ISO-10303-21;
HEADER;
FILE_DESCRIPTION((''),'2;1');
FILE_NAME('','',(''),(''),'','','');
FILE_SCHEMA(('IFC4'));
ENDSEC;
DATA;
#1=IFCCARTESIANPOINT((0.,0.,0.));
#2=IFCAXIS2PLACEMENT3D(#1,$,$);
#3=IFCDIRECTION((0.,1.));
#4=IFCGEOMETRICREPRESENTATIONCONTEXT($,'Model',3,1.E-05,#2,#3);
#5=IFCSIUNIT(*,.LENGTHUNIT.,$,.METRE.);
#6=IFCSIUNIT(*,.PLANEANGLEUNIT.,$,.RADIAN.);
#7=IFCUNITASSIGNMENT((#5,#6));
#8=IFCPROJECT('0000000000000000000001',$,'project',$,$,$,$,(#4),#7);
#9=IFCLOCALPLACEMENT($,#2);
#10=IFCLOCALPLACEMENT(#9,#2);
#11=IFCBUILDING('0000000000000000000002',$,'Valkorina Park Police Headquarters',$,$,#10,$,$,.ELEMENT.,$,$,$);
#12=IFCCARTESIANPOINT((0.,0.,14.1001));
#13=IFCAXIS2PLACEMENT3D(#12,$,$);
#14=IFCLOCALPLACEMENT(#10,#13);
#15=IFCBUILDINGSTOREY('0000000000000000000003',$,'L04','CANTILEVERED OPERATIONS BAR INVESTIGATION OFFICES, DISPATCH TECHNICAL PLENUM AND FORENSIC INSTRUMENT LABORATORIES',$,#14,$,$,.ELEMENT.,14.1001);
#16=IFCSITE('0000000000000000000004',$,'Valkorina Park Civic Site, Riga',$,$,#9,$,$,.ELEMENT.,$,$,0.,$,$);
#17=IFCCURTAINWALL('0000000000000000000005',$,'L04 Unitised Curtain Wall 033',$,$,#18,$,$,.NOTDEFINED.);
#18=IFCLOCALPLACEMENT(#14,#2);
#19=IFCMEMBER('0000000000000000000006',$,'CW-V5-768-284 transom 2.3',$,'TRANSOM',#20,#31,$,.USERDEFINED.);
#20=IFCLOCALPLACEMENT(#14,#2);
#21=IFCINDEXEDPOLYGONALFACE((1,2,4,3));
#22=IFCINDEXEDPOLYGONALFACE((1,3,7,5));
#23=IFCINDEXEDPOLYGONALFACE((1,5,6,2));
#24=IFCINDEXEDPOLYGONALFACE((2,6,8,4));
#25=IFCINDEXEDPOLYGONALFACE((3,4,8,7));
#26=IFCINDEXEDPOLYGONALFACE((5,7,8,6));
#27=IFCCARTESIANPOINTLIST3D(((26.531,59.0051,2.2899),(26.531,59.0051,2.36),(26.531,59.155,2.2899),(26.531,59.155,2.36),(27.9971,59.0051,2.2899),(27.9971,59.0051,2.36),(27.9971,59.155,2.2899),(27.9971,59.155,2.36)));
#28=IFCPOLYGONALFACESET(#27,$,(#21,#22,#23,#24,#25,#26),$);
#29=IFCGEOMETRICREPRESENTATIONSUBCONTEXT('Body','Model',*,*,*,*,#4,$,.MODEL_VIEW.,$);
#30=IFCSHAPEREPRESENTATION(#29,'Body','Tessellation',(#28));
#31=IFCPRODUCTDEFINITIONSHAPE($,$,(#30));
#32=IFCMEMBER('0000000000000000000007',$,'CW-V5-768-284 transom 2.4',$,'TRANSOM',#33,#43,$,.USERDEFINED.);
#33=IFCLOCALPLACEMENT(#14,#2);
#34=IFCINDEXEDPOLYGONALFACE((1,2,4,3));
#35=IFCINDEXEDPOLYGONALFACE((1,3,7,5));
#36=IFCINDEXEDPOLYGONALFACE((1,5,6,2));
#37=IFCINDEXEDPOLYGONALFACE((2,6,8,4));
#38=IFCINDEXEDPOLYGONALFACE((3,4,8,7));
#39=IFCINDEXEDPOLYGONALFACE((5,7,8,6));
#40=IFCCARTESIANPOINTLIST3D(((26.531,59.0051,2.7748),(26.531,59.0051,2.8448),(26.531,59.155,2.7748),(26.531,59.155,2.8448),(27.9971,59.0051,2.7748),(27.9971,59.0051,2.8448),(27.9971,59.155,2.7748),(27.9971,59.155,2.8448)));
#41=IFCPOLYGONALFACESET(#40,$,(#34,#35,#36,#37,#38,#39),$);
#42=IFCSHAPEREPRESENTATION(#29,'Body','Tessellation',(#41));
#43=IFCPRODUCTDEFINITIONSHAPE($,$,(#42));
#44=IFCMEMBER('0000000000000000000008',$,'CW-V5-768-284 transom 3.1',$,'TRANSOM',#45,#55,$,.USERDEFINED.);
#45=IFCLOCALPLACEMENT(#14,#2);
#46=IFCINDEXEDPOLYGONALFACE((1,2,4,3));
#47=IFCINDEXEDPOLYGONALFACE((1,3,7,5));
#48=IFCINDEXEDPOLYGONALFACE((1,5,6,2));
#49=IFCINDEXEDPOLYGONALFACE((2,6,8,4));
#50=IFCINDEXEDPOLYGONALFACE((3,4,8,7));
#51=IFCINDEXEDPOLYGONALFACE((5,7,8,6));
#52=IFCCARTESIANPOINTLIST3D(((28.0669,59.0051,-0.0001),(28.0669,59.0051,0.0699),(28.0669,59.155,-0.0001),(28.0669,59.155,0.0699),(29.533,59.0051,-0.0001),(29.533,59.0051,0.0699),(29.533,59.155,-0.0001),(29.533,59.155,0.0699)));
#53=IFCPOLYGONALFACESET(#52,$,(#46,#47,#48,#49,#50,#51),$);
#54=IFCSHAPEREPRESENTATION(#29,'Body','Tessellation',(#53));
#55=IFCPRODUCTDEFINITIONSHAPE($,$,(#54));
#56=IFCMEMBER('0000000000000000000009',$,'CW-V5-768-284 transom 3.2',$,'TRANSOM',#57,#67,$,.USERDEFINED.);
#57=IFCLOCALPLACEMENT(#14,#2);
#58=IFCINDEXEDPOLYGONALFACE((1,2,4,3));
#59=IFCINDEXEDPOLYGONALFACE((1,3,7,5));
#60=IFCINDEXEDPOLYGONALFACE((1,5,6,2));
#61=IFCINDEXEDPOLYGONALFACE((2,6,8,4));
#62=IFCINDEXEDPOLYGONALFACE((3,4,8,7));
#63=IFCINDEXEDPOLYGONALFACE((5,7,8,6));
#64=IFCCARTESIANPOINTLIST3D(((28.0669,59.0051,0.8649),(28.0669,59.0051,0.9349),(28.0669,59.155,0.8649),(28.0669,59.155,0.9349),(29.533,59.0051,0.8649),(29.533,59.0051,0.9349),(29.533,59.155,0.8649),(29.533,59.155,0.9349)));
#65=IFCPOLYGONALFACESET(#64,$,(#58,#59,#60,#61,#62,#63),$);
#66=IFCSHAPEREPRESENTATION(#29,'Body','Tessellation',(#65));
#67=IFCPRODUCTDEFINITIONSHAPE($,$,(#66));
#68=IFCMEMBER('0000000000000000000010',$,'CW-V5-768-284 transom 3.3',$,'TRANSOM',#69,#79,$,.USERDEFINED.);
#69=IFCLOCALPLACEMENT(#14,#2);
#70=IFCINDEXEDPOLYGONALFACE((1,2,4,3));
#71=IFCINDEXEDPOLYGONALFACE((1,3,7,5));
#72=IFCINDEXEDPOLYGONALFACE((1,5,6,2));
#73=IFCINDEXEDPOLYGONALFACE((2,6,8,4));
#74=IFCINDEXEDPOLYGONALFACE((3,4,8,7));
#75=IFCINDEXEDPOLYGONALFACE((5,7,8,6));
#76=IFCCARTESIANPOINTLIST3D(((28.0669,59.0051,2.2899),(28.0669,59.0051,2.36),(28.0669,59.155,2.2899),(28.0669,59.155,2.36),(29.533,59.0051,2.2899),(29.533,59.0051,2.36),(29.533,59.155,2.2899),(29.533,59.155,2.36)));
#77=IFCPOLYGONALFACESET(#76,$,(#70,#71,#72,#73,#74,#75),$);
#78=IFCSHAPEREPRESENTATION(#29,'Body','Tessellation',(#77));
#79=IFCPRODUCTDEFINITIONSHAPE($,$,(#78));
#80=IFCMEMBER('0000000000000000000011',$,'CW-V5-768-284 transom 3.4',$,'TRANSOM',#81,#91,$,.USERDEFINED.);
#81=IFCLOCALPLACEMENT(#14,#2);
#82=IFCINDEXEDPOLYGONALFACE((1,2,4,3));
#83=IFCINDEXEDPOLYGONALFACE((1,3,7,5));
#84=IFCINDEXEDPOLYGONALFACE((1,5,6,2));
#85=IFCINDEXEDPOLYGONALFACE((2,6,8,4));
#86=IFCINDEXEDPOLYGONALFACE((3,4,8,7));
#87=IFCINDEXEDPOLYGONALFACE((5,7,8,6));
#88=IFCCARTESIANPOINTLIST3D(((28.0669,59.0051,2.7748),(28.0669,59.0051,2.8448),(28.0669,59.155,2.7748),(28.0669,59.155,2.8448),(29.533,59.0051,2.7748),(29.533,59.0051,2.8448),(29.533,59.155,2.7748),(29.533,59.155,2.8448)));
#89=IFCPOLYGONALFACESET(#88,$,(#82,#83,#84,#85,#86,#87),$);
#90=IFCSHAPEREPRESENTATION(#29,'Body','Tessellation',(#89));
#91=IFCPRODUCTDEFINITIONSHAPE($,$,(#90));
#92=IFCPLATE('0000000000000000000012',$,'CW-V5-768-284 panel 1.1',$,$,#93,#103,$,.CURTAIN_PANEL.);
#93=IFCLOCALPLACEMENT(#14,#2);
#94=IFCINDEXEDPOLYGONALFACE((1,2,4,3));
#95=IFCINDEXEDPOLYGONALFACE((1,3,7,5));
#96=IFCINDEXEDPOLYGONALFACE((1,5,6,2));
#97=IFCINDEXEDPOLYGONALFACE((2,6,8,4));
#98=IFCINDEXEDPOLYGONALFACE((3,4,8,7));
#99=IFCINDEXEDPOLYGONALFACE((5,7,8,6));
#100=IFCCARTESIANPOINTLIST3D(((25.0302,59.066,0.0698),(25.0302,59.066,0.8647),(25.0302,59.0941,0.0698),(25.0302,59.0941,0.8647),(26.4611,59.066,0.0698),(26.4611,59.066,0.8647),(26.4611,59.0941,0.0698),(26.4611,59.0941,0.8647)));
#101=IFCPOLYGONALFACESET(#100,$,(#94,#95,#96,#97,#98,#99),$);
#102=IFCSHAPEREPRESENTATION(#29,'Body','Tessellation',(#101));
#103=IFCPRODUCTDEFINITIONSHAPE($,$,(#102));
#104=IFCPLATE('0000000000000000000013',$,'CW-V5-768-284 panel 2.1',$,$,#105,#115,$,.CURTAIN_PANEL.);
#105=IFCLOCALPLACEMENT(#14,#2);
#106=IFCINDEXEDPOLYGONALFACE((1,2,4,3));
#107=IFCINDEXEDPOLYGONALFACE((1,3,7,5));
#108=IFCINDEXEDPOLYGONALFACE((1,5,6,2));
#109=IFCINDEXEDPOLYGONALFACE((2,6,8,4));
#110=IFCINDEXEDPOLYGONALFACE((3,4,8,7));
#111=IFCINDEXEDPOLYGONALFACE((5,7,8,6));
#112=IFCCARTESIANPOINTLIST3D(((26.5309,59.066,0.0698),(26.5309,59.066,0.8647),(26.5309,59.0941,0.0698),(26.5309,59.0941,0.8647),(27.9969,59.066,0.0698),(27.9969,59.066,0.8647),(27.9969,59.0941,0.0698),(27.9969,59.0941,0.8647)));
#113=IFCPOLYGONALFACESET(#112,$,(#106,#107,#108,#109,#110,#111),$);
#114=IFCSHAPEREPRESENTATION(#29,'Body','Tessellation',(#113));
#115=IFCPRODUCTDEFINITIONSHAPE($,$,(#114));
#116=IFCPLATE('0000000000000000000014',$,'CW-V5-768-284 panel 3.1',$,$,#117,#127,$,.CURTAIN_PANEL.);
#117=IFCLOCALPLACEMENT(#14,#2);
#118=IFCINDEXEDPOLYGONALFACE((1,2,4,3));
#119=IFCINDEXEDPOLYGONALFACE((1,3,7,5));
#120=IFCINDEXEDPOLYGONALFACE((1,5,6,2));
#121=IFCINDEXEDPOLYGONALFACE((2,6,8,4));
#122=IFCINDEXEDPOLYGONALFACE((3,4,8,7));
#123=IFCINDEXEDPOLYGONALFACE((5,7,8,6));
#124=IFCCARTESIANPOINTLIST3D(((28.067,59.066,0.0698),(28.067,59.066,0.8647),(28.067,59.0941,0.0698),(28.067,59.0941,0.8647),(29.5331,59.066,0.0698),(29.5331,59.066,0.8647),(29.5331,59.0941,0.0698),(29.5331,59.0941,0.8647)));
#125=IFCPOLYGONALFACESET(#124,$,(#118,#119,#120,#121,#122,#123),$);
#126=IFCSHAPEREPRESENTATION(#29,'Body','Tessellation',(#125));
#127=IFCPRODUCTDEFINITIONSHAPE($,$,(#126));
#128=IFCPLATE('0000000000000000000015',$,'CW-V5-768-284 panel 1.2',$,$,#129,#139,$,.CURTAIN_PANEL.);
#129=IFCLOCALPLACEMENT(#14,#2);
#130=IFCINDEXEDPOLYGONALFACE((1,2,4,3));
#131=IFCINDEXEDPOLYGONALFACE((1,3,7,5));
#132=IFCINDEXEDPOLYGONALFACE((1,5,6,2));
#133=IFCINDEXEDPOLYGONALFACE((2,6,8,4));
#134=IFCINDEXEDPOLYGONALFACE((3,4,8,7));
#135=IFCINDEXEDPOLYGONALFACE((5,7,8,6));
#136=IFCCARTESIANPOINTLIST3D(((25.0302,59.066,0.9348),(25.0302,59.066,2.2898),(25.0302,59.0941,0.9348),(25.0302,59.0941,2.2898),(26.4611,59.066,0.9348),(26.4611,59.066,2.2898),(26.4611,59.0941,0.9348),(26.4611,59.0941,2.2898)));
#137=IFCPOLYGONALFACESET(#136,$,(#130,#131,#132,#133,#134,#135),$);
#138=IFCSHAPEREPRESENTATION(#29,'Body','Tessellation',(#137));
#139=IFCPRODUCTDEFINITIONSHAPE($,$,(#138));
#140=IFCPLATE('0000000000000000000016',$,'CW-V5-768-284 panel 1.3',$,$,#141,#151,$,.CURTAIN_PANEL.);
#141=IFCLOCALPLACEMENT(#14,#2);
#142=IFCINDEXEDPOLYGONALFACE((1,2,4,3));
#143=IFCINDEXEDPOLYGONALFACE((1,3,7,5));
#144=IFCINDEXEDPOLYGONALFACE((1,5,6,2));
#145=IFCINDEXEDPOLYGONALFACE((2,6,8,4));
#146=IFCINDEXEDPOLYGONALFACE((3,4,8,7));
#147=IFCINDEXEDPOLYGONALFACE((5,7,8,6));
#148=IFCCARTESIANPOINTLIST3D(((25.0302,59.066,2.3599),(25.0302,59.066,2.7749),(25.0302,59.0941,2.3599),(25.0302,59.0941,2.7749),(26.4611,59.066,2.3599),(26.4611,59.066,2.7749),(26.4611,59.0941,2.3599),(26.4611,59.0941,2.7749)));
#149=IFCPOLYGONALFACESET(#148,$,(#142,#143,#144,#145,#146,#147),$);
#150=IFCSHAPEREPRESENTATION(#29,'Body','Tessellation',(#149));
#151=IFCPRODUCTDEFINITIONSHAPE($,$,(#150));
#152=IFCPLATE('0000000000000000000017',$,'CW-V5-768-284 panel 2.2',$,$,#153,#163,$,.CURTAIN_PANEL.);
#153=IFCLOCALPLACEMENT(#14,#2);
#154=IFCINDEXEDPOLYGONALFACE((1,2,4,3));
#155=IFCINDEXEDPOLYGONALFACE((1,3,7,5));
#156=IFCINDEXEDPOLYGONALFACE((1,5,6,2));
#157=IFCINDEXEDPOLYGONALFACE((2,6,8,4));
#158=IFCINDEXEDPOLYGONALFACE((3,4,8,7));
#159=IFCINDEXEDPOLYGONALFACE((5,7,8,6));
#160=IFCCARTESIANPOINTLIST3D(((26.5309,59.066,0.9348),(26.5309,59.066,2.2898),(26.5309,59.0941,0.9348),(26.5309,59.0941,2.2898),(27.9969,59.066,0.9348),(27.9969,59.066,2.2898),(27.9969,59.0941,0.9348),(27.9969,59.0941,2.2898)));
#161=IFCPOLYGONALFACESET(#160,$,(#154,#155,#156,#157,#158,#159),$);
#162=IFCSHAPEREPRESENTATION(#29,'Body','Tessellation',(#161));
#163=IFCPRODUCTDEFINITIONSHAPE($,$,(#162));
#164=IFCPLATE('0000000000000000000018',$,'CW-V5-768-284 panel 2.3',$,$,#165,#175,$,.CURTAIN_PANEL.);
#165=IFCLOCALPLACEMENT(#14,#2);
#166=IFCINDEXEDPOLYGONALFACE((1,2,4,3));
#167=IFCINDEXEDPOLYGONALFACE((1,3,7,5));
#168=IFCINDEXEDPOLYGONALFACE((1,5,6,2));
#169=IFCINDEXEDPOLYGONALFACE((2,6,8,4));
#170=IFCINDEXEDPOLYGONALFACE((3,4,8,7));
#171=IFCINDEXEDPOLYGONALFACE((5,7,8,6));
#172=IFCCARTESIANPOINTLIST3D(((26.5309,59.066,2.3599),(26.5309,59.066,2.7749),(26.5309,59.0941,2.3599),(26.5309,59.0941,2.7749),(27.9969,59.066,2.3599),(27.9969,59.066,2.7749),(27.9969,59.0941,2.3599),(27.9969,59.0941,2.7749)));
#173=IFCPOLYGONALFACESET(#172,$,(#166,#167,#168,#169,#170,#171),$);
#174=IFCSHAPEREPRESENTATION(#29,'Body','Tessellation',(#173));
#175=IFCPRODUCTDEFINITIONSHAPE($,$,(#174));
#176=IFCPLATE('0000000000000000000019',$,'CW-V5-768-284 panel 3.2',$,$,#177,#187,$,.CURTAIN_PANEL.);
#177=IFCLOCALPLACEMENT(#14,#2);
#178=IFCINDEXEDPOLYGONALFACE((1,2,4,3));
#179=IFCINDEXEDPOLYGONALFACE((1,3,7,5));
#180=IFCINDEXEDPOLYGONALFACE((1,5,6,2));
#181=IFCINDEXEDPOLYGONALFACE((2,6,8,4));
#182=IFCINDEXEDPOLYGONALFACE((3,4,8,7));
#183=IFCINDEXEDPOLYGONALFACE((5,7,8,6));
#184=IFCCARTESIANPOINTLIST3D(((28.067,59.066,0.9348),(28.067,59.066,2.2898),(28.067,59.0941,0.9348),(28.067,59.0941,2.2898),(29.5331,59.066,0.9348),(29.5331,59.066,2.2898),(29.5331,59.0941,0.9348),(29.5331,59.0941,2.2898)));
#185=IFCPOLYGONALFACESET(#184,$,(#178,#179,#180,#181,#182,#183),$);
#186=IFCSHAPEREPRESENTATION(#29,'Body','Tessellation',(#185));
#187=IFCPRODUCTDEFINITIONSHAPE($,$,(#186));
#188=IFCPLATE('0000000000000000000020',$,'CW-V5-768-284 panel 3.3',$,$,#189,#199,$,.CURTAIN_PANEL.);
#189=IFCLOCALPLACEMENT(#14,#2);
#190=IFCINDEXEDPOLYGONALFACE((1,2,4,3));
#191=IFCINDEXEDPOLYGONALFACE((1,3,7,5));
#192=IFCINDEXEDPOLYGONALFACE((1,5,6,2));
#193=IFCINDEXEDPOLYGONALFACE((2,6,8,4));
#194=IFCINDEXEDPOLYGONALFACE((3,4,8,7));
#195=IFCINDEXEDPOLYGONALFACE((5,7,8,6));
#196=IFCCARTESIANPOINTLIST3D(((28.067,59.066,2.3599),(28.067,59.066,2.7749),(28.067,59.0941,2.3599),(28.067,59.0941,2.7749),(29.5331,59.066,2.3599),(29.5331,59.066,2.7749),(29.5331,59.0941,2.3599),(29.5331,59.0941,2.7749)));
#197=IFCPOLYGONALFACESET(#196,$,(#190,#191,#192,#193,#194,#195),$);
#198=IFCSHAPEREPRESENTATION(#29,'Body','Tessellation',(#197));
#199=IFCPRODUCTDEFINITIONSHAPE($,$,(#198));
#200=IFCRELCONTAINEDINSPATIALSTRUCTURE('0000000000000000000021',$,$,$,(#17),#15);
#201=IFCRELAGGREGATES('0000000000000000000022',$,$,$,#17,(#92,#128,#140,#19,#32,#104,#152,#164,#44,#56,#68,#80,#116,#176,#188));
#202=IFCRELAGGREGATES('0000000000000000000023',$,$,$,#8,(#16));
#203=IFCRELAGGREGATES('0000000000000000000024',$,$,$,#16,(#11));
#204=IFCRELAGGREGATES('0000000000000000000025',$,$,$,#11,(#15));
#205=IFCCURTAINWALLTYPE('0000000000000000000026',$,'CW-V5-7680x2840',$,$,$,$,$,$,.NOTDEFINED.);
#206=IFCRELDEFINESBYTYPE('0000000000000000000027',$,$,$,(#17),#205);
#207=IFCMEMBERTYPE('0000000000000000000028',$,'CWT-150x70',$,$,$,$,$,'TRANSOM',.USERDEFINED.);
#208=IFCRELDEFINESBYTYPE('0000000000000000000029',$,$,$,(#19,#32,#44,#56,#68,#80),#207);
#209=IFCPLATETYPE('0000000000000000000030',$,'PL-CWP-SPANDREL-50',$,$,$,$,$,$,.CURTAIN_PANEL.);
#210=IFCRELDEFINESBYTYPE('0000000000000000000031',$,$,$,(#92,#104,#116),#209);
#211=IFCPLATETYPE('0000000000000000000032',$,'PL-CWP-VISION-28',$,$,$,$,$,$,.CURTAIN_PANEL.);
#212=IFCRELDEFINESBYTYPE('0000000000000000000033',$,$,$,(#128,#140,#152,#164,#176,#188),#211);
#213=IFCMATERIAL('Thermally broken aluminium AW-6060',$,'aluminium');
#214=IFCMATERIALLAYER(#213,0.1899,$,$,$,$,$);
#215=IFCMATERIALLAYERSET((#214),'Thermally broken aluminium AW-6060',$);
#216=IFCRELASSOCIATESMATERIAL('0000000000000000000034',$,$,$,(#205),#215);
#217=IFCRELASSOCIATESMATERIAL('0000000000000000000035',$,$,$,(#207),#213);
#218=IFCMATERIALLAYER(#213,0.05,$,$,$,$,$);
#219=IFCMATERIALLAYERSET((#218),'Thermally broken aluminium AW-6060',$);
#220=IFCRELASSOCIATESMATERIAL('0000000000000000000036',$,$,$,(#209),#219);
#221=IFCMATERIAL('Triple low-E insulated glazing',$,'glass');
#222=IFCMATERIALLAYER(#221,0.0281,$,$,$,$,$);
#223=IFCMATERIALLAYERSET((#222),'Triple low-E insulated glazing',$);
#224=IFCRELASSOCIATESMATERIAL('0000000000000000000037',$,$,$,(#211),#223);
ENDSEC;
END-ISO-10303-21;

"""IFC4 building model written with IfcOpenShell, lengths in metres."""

from ifc_helpers import new_model, si_unit, direction, frame, origin, origin_2d, place, context, subcontext, project, spatial, rectangle, extrude, material, layer, layer_set, material_profile, profile_set, type_object, element, aggregate, save


model = new_model("IFC4")

# Units and contexts
model_context = context("Model", 3, precision=1e-05, world=origin(), true_north=direction((0.0, 1.0)))
body_context = subcontext(model_context, "Body", "Model", "MODEL_VIEW")
ifc_project = project(units=[si_unit("LENGTHUNIT", "METRE"), si_unit("PLANEANGLEUNIT", "RADIAN")], contexts=[model_context])

# Site, building, storey
site_placement = place(None, origin())
site = spatial("IfcSite", under=ifc_project, at=site_placement, Name="Valkorina Park Civic Site, Riga", CompositionType="ELEMENT", RefElevation=0.0)
building_placement = place(site_placement, origin())
building = spatial("IfcBuilding", under=site, at=building_placement, Name="Valkorina Park Police Headquarters", CompositionType="ELEMENT")
storey_placement = place(building_placement, frame((0.0, 0.0, 14.1001)))
storey = spatial("IfcBuildingStorey", under=building, at=storey_placement, Name="L04", Description="CANTILEVERED OPERATIONS BAR INVESTIGATION OFFICES, DISPATCH TECHNICAL PLENUM AND FORENSIC INSTRUMENT LABORATORIES", CompositionType="ELEMENT", Elevation=14.1001)

# Curtain wall, members, plates
ifc_material_1 = material(Name="Thermally broken aluminium AW-6060", Category="aluminium")
ifc_layer_1 = layer(ifc_material_1, 0.1899)
ifc_layer_set_1 = layer_set([ifc_layer_1], Name="Thermally broken aluminium AW-6060")
curtain_wall_type = type_object("IfcCurtainWallType", Name="CW-V5-7680x2840", PredefinedType="NOTDEFINED", material=ifc_layer_set_1)
curtain_wall_placement = place(storey_placement, origin())
curtain_wall = element("IfcCurtainWall", 1, at=curtain_wall_placement, inside=storey, type_object=curtain_wall_type, Name="L04 Unitised Curtain Wall 033", PredefinedType="NOTDEFINED")
ifc_material_profile_1 = material_profile(ifc_material_1, rectangle(XDim=0.1499, YDim=0.0701, at=origin_2d()), Name="CWT-02 150x70")
ifc_profile_set_1 = profile_set([ifc_material_profile_1], Name="Thermally broken aluminium AW-6060")
member_type_1 = type_object("IfcMemberType", Name="CWT-150x70", ElementType="TRANSOM", PredefinedType="USERDEFINED", material=ifc_profile_set_1)
member_1_placement = place(storey_placement, frame((26.531, 59.0801, 2.325), z_axis=(1.0, 0.0, 0.0), x_axis=(0.0, 1.0, 0.0)))
member_1 = element("IfcMember", 2, at=member_1_placement, type_object=member_type_1, Name="CW-V5-768-284 transom 2.3", ObjectType="TRANSOM", PredefinedType="USERDEFINED", context=body_context, shape_type="SweptSolid", body=[
    extrude(rectangle(XDim=0.1499, YDim=0.0701, at=origin_2d()), origin(), (0.0, 0.0, 1.0), 1.4661),
])
member_2_placement = place(storey_placement, frame((26.531, 59.0801, 2.8098), z_axis=(1.0, 0.0, 0.0), x_axis=(0.0, 1.0, 0.0)))
member_2 = element("IfcMember", 3, at=member_2_placement, type_object=member_type_1, Name="CW-V5-768-284 transom 2.4", ObjectType="TRANSOM", PredefinedType="USERDEFINED", context=body_context, shape_type="SweptSolid", body=[
    extrude(rectangle(XDim=0.1499, YDim=0.0701, at=origin_2d()), origin(), (0.0, 0.0, 1.0), 1.4661),
])
member_3_placement = place(storey_placement, frame((28.0669, 59.0801, 0.0349), z_axis=(1.0, 0.0, 0.0), x_axis=(0.0, 1.0, 0.0)))
member_3 = element("IfcMember", 4, at=member_3_placement, type_object=member_type_1, Name="CW-V5-768-284 transom 3.1", ObjectType="TRANSOM", PredefinedType="USERDEFINED", context=body_context, shape_type="SweptSolid", body=[
    extrude(rectangle(XDim=0.1499, YDim=0.0701, at=origin_2d()), origin(), (0.0, 0.0, 1.0), 1.4661),
])
member_4_placement = place(storey_placement, frame((28.0669, 59.0801, 0.8999), z_axis=(1.0, 0.0, 0.0), x_axis=(0.0, 1.0, 0.0)))
member_4 = element("IfcMember", 5, at=member_4_placement, type_object=member_type_1, Name="CW-V5-768-284 transom 3.2", ObjectType="TRANSOM", PredefinedType="USERDEFINED", context=body_context, shape_type="SweptSolid", body=[
    extrude(rectangle(XDim=0.1499, YDim=0.0701, at=origin_2d()), origin(), (0.0, 0.0, 1.0), 1.4661),
])
member_5_placement = place(storey_placement, frame((28.0669, 59.0801, 2.325), z_axis=(1.0, 0.0, 0.0), x_axis=(0.0, 1.0, 0.0)))
member_5 = element("IfcMember", 6, at=member_5_placement, type_object=member_type_1, Name="CW-V5-768-284 transom 3.3", ObjectType="TRANSOM", PredefinedType="USERDEFINED", context=body_context, shape_type="SweptSolid", body=[
    extrude(rectangle(XDim=0.1499, YDim=0.0701, at=origin_2d()), origin(), (0.0, 0.0, 1.0), 1.4661),
])
member_6_placement = place(storey_placement, frame((28.0669, 59.0801, 2.8098), z_axis=(1.0, 0.0, 0.0), x_axis=(0.0, 1.0, 0.0)))
member_6 = element("IfcMember", 7, at=member_6_placement, type_object=member_type_1, Name="CW-V5-768-284 transom 3.4", ObjectType="TRANSOM", PredefinedType="USERDEFINED", context=body_context, shape_type="SweptSolid", body=[
    extrude(rectangle(XDim=0.1499, YDim=0.0701, at=origin_2d()), origin(), (0.0, 0.0, 1.0), 1.4661),
])
ifc_layer_2 = layer(ifc_material_1, 0.05)
ifc_layer_set_2 = layer_set([ifc_layer_2], Name="Thermally broken aluminium AW-6060")
plate_type_1 = type_object("IfcPlateType", Name="PL-CWP-SPANDREL-50", PredefinedType="CURTAIN_PANEL", material=ifc_layer_set_2)
plate_1_placement = place(storey_placement, frame((25.7456, 59.0801, 0.0698), z_axis=(0.0, 0.0, 1.0), x_axis=(1.0, 0.0, 0.0)))
plate_1 = element("IfcPlate", 8, at=plate_1_placement, type_object=plate_type_1, Name="CW-V5-768-284 panel 1.1", PredefinedType="CURTAIN_PANEL", context=body_context, shape_type="SweptSolid", body=[
    extrude(rectangle(XDim=1.4309, YDim=0.0281, at=origin_2d()), origin(), (0.0, 0.0, 1.0), 0.7949),
])
plate_2_placement = place(storey_placement, frame((27.2639, 59.0801, 0.0698), z_axis=(0.0, 0.0, 1.0), x_axis=(1.0, 0.0, 0.0)))
plate_2 = element("IfcPlate", 9, at=plate_2_placement, type_object=plate_type_1, Name="CW-V5-768-284 panel 2.1", PredefinedType="CURTAIN_PANEL", context=body_context, shape_type="SweptSolid", body=[
    extrude(rectangle(XDim=1.4661, YDim=0.0281, at=origin_2d()), origin(), (0.0, 0.0, 1.0), 0.7949),
])
plate_3_placement = place(storey_placement, frame((28.8, 59.0801, 0.0698), z_axis=(0.0, 0.0, 1.0), x_axis=(1.0, 0.0, 0.0)))
plate_3 = element("IfcPlate", 10, at=plate_3_placement, type_object=plate_type_1, Name="CW-V5-768-284 panel 3.1", PredefinedType="CURTAIN_PANEL", context=body_context, shape_type="SweptSolid", body=[
    extrude(rectangle(XDim=1.4661, YDim=0.0281, at=origin_2d()), origin(), (0.0, 0.0, 1.0), 0.7949),
])
ifc_material_2 = material(Name="Triple low-E insulated glazing", Category="glass")
ifc_layer_3 = layer(ifc_material_2, 0.0281)
ifc_layer_set_3 = layer_set([ifc_layer_3], Name="Triple low-E insulated glazing")
plate_type_2 = type_object("IfcPlateType", Name="PL-CWP-VISION-28", PredefinedType="CURTAIN_PANEL", material=ifc_layer_set_3)
plate_4_placement = place(storey_placement, frame((25.7456, 59.0801, 0.9348), z_axis=(0.0, 0.0, 1.0), x_axis=(1.0, 0.0, 0.0)))
plate_4 = element("IfcPlate", 11, at=plate_4_placement, type_object=plate_type_2, Name="CW-V5-768-284 panel 1.2", PredefinedType="CURTAIN_PANEL", context=body_context, shape_type="SweptSolid", body=[
    extrude(rectangle(XDim=1.4309, YDim=0.0281, at=origin_2d()), origin(), (0.0, 0.0, 1.0), 1.355),
])
plate_5_placement = place(storey_placement, frame((25.7456, 59.0801, 2.3599), z_axis=(0.0, 0.0, 1.0), x_axis=(1.0, 0.0, 0.0)))
plate_5 = element("IfcPlate", 12, at=plate_5_placement, type_object=plate_type_2, Name="CW-V5-768-284 panel 1.3", PredefinedType="CURTAIN_PANEL", context=body_context, shape_type="SweptSolid", body=[
    extrude(rectangle(XDim=1.4309, YDim=0.0281, at=origin_2d()), origin(), (0.0, 0.0, 1.0), 0.415),
])
plate_6_placement = place(storey_placement, frame((27.2639, 59.0801, 0.9348), z_axis=(0.0, 0.0, 1.0), x_axis=(1.0, 0.0, 0.0)))
plate_6 = element("IfcPlate", 13, at=plate_6_placement, type_object=plate_type_2, Name="CW-V5-768-284 panel 2.2", PredefinedType="CURTAIN_PANEL", context=body_context, shape_type="SweptSolid", body=[
    extrude(rectangle(XDim=1.4661, YDim=0.0281, at=origin_2d()), origin(), (0.0, 0.0, 1.0), 1.355),
])
plate_7_placement = place(storey_placement, frame((27.2639, 59.0801, 2.3599), z_axis=(0.0, 0.0, 1.0), x_axis=(1.0, 0.0, 0.0)))
plate_7 = element("IfcPlate", 14, at=plate_7_placement, type_object=plate_type_2, Name="CW-V5-768-284 panel 2.3", PredefinedType="CURTAIN_PANEL", context=body_context, shape_type="SweptSolid", body=[
    extrude(rectangle(XDim=1.4661, YDim=0.0281, at=origin_2d()), origin(), (0.0, 0.0, 1.0), 0.415),
])
plate_8_placement = place(storey_placement, frame((28.8, 59.0801, 0.9348), z_axis=(0.0, 0.0, 1.0), x_axis=(1.0, 0.0, 0.0)))
plate_8 = element("IfcPlate", 15, at=plate_8_placement, type_object=plate_type_2, Name="CW-V5-768-284 panel 3.2", PredefinedType="CURTAIN_PANEL", context=body_context, shape_type="SweptSolid", body=[
    extrude(rectangle(XDim=1.4661, YDim=0.0281, at=origin_2d()), origin(), (0.0, 0.0, 1.0), 1.355),
])
plate_9_placement = place(storey_placement, frame((28.8, 59.0801, 2.3599), z_axis=(0.0, 0.0, 1.0), x_axis=(1.0, 0.0, 0.0)))
plate_9 = element("IfcPlate", 16, at=plate_9_placement, type_object=plate_type_2, Name="CW-V5-768-284 panel 3.3", PredefinedType="CURTAIN_PANEL", context=body_context, shape_type="SweptSolid", body=[
    extrude(rectangle(XDim=1.4661, YDim=0.0281, at=origin_2d()), origin(), (0.0, 0.0, 1.0), 0.415),
])
aggregate(curtain_wall, [plate_1, plate_4, plate_5, member_1, member_2, plate_2, plate_6, plate_7, member_3, member_4, member_5, member_6, plate_3, plate_8, plate_9])

save(model, "model.ifc")
